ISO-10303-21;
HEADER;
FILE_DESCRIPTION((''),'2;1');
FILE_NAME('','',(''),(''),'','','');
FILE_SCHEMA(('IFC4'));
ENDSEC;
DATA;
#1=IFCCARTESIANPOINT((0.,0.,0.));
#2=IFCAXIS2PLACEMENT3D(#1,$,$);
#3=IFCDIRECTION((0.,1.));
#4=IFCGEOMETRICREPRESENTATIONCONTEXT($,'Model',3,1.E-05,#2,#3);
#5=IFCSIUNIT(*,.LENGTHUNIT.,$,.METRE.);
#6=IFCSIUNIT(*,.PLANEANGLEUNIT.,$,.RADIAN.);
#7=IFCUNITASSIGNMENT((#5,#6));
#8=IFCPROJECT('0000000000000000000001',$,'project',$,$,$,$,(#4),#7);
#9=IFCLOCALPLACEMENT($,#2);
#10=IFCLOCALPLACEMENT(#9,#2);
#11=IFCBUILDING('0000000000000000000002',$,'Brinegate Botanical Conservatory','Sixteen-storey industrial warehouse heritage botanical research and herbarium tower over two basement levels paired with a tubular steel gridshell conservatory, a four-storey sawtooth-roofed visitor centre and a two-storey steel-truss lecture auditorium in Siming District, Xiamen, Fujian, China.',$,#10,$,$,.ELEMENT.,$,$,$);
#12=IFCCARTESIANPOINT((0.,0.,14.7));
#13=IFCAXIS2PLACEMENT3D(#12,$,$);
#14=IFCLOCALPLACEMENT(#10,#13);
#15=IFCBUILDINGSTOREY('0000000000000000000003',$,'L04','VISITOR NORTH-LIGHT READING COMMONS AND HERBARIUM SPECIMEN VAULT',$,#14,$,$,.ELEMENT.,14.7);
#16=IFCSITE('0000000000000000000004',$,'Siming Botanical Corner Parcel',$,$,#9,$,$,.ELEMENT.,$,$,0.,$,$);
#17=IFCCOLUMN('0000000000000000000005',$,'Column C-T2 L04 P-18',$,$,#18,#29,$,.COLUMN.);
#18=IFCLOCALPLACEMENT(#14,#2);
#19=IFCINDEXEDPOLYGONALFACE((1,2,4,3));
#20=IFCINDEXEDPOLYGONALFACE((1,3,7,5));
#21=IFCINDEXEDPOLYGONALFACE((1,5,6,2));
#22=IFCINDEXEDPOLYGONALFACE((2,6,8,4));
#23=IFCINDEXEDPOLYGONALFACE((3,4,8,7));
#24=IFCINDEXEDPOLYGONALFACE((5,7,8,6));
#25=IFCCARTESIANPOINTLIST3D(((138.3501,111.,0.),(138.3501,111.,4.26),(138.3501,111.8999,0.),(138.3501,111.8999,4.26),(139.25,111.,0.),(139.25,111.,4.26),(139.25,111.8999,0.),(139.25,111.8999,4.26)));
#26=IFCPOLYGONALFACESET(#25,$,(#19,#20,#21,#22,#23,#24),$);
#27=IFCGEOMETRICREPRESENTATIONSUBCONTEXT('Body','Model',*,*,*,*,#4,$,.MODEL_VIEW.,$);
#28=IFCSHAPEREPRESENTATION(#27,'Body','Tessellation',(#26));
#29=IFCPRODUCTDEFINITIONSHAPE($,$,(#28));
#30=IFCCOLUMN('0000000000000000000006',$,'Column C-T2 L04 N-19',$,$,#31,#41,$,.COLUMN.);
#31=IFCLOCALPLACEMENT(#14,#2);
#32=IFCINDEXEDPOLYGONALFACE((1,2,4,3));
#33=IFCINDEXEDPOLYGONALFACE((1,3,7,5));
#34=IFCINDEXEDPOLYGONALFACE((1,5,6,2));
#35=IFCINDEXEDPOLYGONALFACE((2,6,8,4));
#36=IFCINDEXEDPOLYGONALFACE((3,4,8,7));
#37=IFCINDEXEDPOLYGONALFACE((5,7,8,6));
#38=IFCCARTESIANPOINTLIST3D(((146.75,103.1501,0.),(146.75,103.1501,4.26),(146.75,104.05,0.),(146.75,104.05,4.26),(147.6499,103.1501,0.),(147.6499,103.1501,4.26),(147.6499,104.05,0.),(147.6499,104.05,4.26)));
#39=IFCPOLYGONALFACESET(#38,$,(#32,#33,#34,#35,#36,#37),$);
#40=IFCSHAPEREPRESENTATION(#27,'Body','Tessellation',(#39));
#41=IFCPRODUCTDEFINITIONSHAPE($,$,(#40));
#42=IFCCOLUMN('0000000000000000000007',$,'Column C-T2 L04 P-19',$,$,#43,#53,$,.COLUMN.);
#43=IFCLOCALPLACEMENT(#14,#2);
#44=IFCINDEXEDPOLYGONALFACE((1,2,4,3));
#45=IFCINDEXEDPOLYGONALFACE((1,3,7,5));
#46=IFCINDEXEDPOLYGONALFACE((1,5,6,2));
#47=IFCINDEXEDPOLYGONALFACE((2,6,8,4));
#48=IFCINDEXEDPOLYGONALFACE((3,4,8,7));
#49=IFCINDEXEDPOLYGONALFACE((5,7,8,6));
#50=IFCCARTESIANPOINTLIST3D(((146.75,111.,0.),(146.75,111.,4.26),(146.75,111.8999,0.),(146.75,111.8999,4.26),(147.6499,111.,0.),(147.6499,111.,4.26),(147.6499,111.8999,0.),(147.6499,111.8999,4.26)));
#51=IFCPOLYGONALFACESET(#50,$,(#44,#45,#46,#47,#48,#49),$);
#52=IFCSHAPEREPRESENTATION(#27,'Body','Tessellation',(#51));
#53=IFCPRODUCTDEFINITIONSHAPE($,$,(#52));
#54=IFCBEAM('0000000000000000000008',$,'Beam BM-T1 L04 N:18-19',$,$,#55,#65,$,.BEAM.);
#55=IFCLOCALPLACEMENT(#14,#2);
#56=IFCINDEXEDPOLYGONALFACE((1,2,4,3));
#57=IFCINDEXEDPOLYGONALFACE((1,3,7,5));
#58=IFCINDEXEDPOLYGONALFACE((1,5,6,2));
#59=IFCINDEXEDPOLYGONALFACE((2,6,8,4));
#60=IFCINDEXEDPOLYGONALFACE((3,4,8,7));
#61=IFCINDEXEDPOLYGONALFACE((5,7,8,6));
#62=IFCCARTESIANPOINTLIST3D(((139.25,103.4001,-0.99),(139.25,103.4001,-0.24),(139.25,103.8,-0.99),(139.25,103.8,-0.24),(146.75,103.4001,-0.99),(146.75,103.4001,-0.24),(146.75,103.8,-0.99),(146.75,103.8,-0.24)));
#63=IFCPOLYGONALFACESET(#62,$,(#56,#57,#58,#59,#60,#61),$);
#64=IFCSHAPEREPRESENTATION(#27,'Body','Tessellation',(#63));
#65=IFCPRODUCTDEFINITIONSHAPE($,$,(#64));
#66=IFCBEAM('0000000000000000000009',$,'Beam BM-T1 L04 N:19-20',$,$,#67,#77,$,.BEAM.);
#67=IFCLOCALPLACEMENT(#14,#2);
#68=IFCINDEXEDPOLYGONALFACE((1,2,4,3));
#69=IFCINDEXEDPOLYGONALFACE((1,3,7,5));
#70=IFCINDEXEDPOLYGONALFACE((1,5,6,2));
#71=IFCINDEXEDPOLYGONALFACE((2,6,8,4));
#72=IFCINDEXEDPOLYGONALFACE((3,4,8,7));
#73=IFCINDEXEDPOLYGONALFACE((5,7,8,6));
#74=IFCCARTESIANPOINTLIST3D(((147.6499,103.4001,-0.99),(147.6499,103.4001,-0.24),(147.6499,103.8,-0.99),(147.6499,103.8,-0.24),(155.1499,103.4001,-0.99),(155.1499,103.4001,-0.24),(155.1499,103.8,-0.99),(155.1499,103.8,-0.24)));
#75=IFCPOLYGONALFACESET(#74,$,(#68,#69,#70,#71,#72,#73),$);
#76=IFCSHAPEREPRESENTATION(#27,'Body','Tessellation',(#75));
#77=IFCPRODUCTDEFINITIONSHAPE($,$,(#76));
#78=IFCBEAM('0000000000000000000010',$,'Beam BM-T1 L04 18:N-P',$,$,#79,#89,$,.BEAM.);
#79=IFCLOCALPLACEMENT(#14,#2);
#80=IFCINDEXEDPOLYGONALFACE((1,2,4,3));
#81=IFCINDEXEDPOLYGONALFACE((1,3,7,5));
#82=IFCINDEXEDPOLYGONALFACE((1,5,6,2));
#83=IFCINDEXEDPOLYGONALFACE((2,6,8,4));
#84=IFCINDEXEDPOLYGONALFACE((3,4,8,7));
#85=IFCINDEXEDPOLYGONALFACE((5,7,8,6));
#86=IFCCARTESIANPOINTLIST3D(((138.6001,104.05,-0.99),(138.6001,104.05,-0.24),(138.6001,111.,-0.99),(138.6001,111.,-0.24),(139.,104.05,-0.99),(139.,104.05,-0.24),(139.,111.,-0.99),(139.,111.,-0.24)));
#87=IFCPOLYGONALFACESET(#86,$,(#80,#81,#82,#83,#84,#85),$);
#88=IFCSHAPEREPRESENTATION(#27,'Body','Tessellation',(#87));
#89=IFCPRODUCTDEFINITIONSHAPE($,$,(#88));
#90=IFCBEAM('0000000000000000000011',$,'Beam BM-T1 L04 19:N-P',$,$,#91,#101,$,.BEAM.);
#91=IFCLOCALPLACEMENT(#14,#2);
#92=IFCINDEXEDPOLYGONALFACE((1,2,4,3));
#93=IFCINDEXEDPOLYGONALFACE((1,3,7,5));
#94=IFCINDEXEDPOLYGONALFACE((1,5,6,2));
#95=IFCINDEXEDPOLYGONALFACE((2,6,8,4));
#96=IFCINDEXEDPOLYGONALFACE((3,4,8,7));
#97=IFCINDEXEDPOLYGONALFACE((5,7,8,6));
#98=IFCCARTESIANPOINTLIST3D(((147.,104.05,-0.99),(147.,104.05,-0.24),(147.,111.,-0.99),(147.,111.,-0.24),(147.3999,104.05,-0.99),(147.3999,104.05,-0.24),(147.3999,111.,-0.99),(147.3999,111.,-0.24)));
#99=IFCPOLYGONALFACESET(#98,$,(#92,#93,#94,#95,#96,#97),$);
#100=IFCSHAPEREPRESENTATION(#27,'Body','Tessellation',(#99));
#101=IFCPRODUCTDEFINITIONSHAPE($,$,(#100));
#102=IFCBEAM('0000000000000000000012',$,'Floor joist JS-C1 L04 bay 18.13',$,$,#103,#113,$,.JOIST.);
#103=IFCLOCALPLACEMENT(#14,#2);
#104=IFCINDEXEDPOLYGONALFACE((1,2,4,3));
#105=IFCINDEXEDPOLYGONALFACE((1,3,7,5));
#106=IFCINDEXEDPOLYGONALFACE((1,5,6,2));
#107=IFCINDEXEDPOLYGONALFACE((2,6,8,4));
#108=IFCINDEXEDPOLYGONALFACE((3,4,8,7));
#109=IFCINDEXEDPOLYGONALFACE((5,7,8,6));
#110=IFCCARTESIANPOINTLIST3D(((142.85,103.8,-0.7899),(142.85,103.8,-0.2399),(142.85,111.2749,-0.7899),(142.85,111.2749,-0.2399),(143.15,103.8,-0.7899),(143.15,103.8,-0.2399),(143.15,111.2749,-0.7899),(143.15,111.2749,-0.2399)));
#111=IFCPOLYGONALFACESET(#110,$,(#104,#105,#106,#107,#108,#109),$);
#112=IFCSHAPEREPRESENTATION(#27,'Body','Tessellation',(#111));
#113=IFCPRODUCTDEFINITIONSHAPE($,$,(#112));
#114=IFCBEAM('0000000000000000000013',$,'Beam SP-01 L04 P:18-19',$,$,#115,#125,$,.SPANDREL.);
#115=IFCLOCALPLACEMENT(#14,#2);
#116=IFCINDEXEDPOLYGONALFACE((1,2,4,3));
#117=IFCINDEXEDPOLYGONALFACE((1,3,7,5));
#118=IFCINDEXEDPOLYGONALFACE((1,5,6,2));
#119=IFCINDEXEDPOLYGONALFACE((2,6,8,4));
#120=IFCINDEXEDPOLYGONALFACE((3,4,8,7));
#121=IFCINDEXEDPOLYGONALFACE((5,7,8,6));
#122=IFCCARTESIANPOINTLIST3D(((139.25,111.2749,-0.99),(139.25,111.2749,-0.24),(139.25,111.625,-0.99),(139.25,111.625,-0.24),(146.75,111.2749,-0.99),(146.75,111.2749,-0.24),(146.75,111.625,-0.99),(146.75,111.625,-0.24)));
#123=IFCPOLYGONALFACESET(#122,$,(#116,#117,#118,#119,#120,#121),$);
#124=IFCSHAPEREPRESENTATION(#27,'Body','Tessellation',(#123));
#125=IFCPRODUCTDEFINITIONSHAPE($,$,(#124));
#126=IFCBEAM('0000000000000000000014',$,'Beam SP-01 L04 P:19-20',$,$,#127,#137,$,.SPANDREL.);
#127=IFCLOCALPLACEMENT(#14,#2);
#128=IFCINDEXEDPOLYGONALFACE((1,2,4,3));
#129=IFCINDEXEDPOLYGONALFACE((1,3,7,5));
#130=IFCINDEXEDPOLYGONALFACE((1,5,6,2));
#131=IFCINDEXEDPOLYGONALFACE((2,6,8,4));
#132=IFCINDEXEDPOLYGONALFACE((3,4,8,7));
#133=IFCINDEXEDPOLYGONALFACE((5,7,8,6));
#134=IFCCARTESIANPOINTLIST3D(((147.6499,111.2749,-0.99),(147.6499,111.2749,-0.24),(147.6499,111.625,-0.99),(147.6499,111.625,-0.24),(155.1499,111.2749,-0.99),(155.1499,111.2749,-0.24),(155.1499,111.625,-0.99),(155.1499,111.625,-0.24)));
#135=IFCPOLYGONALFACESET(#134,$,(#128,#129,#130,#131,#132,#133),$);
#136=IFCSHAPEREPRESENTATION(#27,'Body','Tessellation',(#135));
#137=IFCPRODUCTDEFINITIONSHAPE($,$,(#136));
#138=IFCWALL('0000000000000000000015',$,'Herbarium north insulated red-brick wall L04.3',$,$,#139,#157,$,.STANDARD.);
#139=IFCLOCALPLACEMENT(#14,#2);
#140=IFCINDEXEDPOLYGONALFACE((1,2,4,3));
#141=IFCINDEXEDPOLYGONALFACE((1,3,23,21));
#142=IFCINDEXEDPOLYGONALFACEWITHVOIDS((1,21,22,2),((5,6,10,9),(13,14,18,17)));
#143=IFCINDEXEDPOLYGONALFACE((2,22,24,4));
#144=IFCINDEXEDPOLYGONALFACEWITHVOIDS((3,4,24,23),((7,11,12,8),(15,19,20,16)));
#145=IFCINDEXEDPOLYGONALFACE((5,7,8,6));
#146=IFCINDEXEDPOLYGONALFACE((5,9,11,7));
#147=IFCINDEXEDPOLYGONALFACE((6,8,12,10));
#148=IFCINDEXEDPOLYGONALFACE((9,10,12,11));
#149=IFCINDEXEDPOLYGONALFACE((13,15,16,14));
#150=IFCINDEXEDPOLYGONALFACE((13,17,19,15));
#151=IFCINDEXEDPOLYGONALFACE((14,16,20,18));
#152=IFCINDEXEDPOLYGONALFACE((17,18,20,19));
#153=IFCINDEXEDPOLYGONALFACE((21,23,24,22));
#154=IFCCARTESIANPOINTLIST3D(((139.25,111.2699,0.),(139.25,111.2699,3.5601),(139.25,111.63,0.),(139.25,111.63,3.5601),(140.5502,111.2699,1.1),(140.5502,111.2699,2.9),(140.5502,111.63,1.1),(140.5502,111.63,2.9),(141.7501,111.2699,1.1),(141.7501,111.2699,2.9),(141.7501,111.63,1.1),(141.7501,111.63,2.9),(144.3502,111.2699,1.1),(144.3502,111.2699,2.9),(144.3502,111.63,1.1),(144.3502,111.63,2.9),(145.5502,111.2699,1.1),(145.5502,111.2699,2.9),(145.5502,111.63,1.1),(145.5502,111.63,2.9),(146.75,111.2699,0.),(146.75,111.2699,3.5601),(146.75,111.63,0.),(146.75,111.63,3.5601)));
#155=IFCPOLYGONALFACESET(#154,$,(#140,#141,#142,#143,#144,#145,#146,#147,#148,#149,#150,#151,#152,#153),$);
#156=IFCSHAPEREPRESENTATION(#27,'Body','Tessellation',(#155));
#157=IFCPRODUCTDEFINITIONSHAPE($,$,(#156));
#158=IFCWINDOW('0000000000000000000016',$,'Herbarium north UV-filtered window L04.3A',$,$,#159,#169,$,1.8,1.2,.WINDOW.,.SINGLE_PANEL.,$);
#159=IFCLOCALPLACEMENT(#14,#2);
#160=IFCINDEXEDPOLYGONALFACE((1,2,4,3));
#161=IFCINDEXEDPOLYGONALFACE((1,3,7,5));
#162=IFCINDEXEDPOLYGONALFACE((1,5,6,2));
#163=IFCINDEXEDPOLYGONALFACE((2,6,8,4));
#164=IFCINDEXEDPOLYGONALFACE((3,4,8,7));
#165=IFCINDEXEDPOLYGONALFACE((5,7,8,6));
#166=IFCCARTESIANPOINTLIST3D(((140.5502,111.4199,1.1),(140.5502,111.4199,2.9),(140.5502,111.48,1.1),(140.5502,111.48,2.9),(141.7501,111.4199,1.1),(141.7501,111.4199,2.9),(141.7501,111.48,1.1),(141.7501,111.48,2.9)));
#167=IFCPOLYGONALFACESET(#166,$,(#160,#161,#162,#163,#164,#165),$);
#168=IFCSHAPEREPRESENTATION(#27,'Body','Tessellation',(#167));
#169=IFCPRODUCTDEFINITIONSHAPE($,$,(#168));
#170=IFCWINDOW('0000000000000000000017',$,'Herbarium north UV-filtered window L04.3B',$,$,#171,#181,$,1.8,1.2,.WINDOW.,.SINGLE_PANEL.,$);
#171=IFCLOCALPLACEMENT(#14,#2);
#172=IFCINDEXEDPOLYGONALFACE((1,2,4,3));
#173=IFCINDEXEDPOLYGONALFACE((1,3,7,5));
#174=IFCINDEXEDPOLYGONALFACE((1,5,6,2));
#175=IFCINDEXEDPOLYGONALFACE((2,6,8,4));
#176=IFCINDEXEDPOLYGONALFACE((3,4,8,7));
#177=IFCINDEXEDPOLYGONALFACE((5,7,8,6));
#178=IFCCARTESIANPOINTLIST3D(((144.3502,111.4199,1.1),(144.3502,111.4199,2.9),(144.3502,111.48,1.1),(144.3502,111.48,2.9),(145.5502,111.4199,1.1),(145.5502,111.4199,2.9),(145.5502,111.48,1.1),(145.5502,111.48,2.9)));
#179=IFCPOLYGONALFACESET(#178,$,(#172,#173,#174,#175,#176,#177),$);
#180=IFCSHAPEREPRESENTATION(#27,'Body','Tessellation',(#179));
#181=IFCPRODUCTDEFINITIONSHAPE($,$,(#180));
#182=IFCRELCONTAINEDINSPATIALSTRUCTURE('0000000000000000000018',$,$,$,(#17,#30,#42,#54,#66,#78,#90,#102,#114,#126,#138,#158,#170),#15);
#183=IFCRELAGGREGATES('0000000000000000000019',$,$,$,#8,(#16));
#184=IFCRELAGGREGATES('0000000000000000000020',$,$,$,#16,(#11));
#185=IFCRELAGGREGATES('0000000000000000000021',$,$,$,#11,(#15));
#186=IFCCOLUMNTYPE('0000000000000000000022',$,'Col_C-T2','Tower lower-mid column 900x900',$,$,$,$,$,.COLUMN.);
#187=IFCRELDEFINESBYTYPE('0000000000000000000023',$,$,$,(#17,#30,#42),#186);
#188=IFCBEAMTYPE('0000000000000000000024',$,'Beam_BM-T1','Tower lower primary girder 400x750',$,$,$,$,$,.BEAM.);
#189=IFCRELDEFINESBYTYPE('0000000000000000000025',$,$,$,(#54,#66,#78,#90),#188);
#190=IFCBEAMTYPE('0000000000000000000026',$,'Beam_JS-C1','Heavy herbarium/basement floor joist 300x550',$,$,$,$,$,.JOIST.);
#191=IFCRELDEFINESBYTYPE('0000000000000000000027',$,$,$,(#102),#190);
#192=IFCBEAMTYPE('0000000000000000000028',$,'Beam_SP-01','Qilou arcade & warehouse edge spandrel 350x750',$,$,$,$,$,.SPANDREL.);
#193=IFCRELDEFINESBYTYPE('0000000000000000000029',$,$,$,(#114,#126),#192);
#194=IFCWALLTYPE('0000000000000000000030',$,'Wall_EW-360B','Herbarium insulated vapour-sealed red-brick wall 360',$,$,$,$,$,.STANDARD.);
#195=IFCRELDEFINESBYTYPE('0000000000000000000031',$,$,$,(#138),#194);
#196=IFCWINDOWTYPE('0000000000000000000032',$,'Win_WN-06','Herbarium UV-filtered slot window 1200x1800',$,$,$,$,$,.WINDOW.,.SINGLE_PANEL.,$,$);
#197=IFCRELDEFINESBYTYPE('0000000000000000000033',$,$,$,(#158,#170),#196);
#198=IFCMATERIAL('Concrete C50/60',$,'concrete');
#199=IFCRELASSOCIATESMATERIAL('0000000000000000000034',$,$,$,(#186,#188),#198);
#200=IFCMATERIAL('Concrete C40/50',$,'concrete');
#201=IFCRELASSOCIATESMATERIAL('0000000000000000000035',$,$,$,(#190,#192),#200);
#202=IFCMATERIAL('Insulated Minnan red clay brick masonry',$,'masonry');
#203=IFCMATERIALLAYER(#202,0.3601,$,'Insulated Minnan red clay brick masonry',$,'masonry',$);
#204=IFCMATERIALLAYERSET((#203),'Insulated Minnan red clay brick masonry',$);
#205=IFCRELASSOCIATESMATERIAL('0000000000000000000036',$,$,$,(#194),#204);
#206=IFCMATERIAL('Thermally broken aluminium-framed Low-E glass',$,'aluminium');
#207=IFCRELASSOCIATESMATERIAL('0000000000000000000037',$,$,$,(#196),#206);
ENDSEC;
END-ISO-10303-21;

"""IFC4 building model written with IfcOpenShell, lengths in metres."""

from ifc_helpers import new_model, si_unit, direction, frame, frame_2d, origin, origin_2d, place, context, subcontext, project, spatial, rectangle, extrude, material, layer, layer_set, material_profile, profile_set, type_object, element, fill, save


model = new_model("IFC4")

# Units and contexts
model_context = context("Model", 3, precision=1e-05, world=origin(), true_north=direction((0.0, 1.0)))
body_context = subcontext(model_context, "Body", "Model", "MODEL_VIEW")
ifc_project = project(units=[si_unit("LENGTHUNIT", "METRE"), si_unit("PLANEANGLEUNIT", "RADIAN")], contexts=[model_context])

# Site, building, storey
site_placement = place(None, origin())
site = spatial("IfcSite", under=ifc_project, at=site_placement, Name="Siming Botanical Corner Parcel", CompositionType="ELEMENT", RefElevation=0.0)
building_placement = place(site_placement, origin())
building = spatial("IfcBuilding", under=site, at=building_placement, Name="Brinegate Botanical Conservatory", Description="Sixteen-storey industrial warehouse heritage botanical research and herbarium tower over two basement levels paired with a tubular steel gridshell conservatory, a four-storey sawtooth-roofed visitor centre and a two-storey steel-truss lecture auditorium in Siming District, Xiamen, Fujian, China.", CompositionType="ELEMENT")
storey_placement = place(building_placement, frame((0.0, 0.0, 14.7)))
storey = spatial("IfcBuildingStorey", under=building, at=storey_placement, Name="L04", Description="VISITOR NORTH-LIGHT READING COMMONS AND HERBARIUM SPECIMEN VAULT", CompositionType="ELEMENT", Elevation=14.7)

# Columns
ifc_material_1 = material(Name="Concrete C50/60", Category="concrete")
ifc_material_profile_1 = material_profile(ifc_material_1, rectangle(XDim=0.8999, YDim=0.8999, at=origin_2d()), Name="RC COL 900x900")
ifc_profile_set_1 = profile_set([ifc_material_profile_1], Name="Concrete C50/60")
column_type = type_object("IfcColumnType", Name="Col_C-T2", Description="Tower lower-mid column 900x900", PredefinedType="COLUMN", material=ifc_profile_set_1)
for number, where, z_axis, x_axis, name in (
    (1, (138.8, 111.45, 0.0), (0.0, 0.0, 1.0), (1.0, 0.0, 0.0), "Column C-T2 L04 P-18"),
    (2, (147.2, 103.6001, 0.0), (0.0, 0.0, 1.0), (1.0, 0.0, 0.0), "Column C-T2 L04 N-19"),
    (3, (147.2, 111.45, 0.0), (0.0, 0.0, 1.0), (1.0, 0.0, 0.0), "Column C-T2 L04 P-19"),
):
    element("IfcColumn", number, at=place(storey_placement, frame(where, z_axis=z_axis, x_axis=x_axis)), inside=storey, type_object=column_type, Name=name, PredefinedType="COLUMN", context=body_context, shape_type="SweptSolid", body=[
        extrude(rectangle(XDim=0.8999, YDim=0.8999, at=origin_2d()), origin(), (0.0, 0.0, 1.0), 4.26),
    ])

# Beams
ifc_material_profile_2 = material_profile(ifc_material_1, rectangle(XDim=0.3999, YDim=0.75, at=origin_2d()), Name="RC BM 400x750")
ifc_profile_set_2 = profile_set([ifc_material_profile_2], Name="Concrete C50/60")
beam_type_1 = type_object("IfcBeamType", Name="Beam_BM-T1", Description="Tower lower primary girder 400x750", PredefinedType="BEAM", material=ifc_profile_set_2)
for number, where, z_axis, x_axis, name in (
    (4, (139.25, 103.6001, -0.615), (1.0, 0.0, 0.0), (0.0, 1.0, 0.0), "Beam BM-T1 L04 N:18-19"),
    (5, (147.6499, 103.6001, -0.615), (1.0, 0.0, 0.0), (0.0, 1.0, 0.0), "Beam BM-T1 L04 N:19-20"),
):
    element("IfcBeam", number, at=place(storey_placement, frame(where, z_axis=z_axis, x_axis=x_axis)), inside=storey, type_object=beam_type_1, Name=name, PredefinedType="BEAM", context=body_context, shape_type="SweptSolid", body=[
        extrude(rectangle(XDim=0.3999, YDim=0.75, at=origin_2d()), origin(), (0.0, 0.0, 1.0), 7.5),
    ])
for number, where, z_axis, x_axis, name in (
    (6, (138.8, 104.05, -0.615), (0.0, 1.0, 0.0), (-1.0, 0.0, 0.0), "Beam BM-T1 L04 18:N-P"),
    (7, (147.2, 104.05, -0.615), (0.0, 1.0, 0.0), (-1.0, 0.0, 0.0), "Beam BM-T1 L04 19:N-P"),
):
    element("IfcBeam", number, at=place(storey_placement, frame(where, z_axis=z_axis, x_axis=x_axis)), inside=storey, type_object=beam_type_1, Name=name, PredefinedType="BEAM", context=body_context, shape_type="SweptSolid", body=[
        extrude(rectangle(XDim=0.3999, YDim=0.75, at=origin_2d()), origin(), (0.0, 0.0, 1.0), 6.95),
    ])
ifc_material_2 = material(Name="Concrete C40/50", Category="concrete")
ifc_material_profile_3 = material_profile(ifc_material_2, rectangle(XDim=0.3, YDim=0.55, at=origin_2d()), Name="RC JST 300x550")
ifc_profile_set_3 = profile_set([ifc_material_profile_3], Name="Concrete C40/50")
beam_type_2 = type_object("IfcBeamType", Name="Beam_JS-C1", Description="Heavy herbarium/basement floor joist 300x550", PredefinedType="JOIST", material=ifc_profile_set_3)
beam_placement = place(storey_placement, frame((143.0, 103.8, -0.5149), z_axis=(0.0, 1.0, 0.0), x_axis=(-1.0, 0.0, 0.0)))
element("IfcBeam", 8, at=beam_placement, inside=storey, type_object=beam_type_2, Name="Floor joist JS-C1 L04 bay 18.13", PredefinedType="JOIST", context=body_context, shape_type="SweptSolid", body=[
    extrude(rectangle(XDim=0.3, YDim=0.55, at=origin_2d()), origin(), (0.0, 0.0, 1.0), 7.4749),
])
ifc_material_profile_4 = material_profile(ifc_material_2, rectangle(XDim=0.3501, YDim=0.75, at=origin_2d()), Name="RC SPN 350x750")
ifc_profile_set_4 = profile_set([ifc_material_profile_4], Name="Concrete C40/50")
beam_type_3 = type_object("IfcBeamType", Name="Beam_SP-01", Description="Qilou arcade & warehouse edge spandrel 350x750", PredefinedType="SPANDREL", material=ifc_profile_set_4)
for number, where, z_axis, x_axis, name in (
    (9, (139.25, 111.45, -0.615), (1.0, 0.0, 0.0), (0.0, 1.0, 0.0), "Beam SP-01 L04 P:18-19"),
    (10, (147.6499, 111.45, -0.615), (1.0, 0.0, 0.0), (0.0, 1.0, 0.0), "Beam SP-01 L04 P:19-20"),
):
    element("IfcBeam", number, at=place(storey_placement, frame(where, z_axis=z_axis, x_axis=x_axis)), inside=storey, type_object=beam_type_3, Name=name, PredefinedType="SPANDREL", context=body_context, shape_type="SweptSolid", body=[
        extrude(rectangle(XDim=0.3501, YDim=0.75, at=origin_2d()), origin(), (0.0, 0.0, 1.0), 7.5),
    ])

# Wall, openings, windows
ifc_material_3 = material(Name="Insulated Minnan red clay brick masonry", Category="masonry")
ifc_layer_1 = layer(ifc_material_3, 0.3601, Name="Insulated Minnan red clay brick masonry", Category="masonry")
ifc_layer_set_1 = layer_set([ifc_layer_1], Name="Insulated Minnan red clay brick masonry")
wall_type_1 = type_object("IfcWallType", Name="Wall_EW-360B", Description="Herbarium insulated vapour-sealed red-brick wall 360", PredefinedType="STANDARD", material=ifc_layer_set_1)
wall_1_placement = place(storey_placement, frame((139.25, 111.45, 0.0), z_axis=(0.0, 0.0, 1.0), x_axis=(1.0, 0.0, 0.0)))
wall_1 = element("IfcWall", 11, at=wall_1_placement, inside=storey, type_object=wall_type_1, Name="Herbarium north insulated red-brick wall L04.3", PredefinedType="STANDARD", context=body_context, shape_type="SweptSolid", body=[
    extrude(rectangle(XDim=7.5, YDim=0.3601, at=frame_2d((3.75, 0.0))), origin(), (0.0, 0.0, 1.0), 3.5601),
])
opening_1_placement = place(wall_1_placement, frame((1.3, 0.0, 1.1001)))
opening_1 = element("IfcOpeningElement", 12, at=opening_1_placement, cuts=wall_1, PredefinedType="OPENING", context=body_context, shape_type="SweptSolid", body=[
    extrude(rectangle(XDim=1.2, YDim=1.8, at=frame_2d((0.6001, 0.8999))), frame((0.0, 0.1899, 0.0), z_axis=(0.0, -1.0, 0.0), x_axis=(1.0, 0.0, 0.0)), (0.0, 0.0, 1.0), 0.3801),
])
opening_2_placement = place(wall_1_placement, frame((5.1001, 0.0, 1.1001)))
opening_2 = element("IfcOpeningElement", 13, at=opening_2_placement, cuts=wall_1, PredefinedType="OPENING", context=body_context, shape_type="SweptSolid", body=[
    extrude(rectangle(XDim=1.2, YDim=1.8, at=frame_2d((0.6001, 0.8999))), frame((0.0, 0.1899, 0.0), z_axis=(0.0, -1.0, 0.0), x_axis=(1.0, 0.0, 0.0)), (0.0, 0.0, 1.0), 0.3801),
])
ifc_material_4 = material(Name="Thermally broken aluminium-framed Low-E glass", Category="aluminium")
window_type = type_object("IfcWindowType", Name="Win_WN-06", Description="Herbarium UV-filtered slot window 1200x1800", PartitioningType="SINGLE_PANEL", PredefinedType="WINDOW", material=ifc_material_4)
window_1_placement = place(opening_1_placement, origin())
window_1 = element("IfcWindow", 14, at=window_1_placement, inside=storey, type_object=window_type, Name="Herbarium north UV-filtered window L04.3A", OverallHeight=1.8, OverallWidth=1.2, PartitioningType="SINGLE_PANEL", PredefinedType="WINDOW", context=body_context, shape_type="SweptSolid", body=[
    extrude(rectangle(XDim=1.2, YDim=1.8, at=frame_2d((0.6001, 0.8999))), frame((0.0, 0.03, 0.0), z_axis=(0.0, -1.0, 0.0), x_axis=(1.0, 0.0, 0.0)), (0.0, 0.0, 1.0), 0.0601),
])
fill(opening_1, window_1)
window_2_placement = place(opening_2_placement, origin())
window_2 = element("IfcWindow", 15, at=window_2_placement, inside=storey, type_object=window_type, Name="Herbarium north UV-filtered window L04.3B", OverallHeight=1.8, OverallWidth=1.2, PartitioningType="SINGLE_PANEL", PredefinedType="WINDOW", context=body_context, shape_type="SweptSolid", body=[
    extrude(rectangle(XDim=1.2, YDim=1.8, at=frame_2d((0.6001, 0.8999))), frame((0.0, 0.03, 0.0), z_axis=(0.0, -1.0, 0.0), x_axis=(1.0, 0.0, 0.0)), (0.0, 0.0, 1.0), 0.0601),
])
fill(opening_2, window_2)

save(model, "model.ifc")
